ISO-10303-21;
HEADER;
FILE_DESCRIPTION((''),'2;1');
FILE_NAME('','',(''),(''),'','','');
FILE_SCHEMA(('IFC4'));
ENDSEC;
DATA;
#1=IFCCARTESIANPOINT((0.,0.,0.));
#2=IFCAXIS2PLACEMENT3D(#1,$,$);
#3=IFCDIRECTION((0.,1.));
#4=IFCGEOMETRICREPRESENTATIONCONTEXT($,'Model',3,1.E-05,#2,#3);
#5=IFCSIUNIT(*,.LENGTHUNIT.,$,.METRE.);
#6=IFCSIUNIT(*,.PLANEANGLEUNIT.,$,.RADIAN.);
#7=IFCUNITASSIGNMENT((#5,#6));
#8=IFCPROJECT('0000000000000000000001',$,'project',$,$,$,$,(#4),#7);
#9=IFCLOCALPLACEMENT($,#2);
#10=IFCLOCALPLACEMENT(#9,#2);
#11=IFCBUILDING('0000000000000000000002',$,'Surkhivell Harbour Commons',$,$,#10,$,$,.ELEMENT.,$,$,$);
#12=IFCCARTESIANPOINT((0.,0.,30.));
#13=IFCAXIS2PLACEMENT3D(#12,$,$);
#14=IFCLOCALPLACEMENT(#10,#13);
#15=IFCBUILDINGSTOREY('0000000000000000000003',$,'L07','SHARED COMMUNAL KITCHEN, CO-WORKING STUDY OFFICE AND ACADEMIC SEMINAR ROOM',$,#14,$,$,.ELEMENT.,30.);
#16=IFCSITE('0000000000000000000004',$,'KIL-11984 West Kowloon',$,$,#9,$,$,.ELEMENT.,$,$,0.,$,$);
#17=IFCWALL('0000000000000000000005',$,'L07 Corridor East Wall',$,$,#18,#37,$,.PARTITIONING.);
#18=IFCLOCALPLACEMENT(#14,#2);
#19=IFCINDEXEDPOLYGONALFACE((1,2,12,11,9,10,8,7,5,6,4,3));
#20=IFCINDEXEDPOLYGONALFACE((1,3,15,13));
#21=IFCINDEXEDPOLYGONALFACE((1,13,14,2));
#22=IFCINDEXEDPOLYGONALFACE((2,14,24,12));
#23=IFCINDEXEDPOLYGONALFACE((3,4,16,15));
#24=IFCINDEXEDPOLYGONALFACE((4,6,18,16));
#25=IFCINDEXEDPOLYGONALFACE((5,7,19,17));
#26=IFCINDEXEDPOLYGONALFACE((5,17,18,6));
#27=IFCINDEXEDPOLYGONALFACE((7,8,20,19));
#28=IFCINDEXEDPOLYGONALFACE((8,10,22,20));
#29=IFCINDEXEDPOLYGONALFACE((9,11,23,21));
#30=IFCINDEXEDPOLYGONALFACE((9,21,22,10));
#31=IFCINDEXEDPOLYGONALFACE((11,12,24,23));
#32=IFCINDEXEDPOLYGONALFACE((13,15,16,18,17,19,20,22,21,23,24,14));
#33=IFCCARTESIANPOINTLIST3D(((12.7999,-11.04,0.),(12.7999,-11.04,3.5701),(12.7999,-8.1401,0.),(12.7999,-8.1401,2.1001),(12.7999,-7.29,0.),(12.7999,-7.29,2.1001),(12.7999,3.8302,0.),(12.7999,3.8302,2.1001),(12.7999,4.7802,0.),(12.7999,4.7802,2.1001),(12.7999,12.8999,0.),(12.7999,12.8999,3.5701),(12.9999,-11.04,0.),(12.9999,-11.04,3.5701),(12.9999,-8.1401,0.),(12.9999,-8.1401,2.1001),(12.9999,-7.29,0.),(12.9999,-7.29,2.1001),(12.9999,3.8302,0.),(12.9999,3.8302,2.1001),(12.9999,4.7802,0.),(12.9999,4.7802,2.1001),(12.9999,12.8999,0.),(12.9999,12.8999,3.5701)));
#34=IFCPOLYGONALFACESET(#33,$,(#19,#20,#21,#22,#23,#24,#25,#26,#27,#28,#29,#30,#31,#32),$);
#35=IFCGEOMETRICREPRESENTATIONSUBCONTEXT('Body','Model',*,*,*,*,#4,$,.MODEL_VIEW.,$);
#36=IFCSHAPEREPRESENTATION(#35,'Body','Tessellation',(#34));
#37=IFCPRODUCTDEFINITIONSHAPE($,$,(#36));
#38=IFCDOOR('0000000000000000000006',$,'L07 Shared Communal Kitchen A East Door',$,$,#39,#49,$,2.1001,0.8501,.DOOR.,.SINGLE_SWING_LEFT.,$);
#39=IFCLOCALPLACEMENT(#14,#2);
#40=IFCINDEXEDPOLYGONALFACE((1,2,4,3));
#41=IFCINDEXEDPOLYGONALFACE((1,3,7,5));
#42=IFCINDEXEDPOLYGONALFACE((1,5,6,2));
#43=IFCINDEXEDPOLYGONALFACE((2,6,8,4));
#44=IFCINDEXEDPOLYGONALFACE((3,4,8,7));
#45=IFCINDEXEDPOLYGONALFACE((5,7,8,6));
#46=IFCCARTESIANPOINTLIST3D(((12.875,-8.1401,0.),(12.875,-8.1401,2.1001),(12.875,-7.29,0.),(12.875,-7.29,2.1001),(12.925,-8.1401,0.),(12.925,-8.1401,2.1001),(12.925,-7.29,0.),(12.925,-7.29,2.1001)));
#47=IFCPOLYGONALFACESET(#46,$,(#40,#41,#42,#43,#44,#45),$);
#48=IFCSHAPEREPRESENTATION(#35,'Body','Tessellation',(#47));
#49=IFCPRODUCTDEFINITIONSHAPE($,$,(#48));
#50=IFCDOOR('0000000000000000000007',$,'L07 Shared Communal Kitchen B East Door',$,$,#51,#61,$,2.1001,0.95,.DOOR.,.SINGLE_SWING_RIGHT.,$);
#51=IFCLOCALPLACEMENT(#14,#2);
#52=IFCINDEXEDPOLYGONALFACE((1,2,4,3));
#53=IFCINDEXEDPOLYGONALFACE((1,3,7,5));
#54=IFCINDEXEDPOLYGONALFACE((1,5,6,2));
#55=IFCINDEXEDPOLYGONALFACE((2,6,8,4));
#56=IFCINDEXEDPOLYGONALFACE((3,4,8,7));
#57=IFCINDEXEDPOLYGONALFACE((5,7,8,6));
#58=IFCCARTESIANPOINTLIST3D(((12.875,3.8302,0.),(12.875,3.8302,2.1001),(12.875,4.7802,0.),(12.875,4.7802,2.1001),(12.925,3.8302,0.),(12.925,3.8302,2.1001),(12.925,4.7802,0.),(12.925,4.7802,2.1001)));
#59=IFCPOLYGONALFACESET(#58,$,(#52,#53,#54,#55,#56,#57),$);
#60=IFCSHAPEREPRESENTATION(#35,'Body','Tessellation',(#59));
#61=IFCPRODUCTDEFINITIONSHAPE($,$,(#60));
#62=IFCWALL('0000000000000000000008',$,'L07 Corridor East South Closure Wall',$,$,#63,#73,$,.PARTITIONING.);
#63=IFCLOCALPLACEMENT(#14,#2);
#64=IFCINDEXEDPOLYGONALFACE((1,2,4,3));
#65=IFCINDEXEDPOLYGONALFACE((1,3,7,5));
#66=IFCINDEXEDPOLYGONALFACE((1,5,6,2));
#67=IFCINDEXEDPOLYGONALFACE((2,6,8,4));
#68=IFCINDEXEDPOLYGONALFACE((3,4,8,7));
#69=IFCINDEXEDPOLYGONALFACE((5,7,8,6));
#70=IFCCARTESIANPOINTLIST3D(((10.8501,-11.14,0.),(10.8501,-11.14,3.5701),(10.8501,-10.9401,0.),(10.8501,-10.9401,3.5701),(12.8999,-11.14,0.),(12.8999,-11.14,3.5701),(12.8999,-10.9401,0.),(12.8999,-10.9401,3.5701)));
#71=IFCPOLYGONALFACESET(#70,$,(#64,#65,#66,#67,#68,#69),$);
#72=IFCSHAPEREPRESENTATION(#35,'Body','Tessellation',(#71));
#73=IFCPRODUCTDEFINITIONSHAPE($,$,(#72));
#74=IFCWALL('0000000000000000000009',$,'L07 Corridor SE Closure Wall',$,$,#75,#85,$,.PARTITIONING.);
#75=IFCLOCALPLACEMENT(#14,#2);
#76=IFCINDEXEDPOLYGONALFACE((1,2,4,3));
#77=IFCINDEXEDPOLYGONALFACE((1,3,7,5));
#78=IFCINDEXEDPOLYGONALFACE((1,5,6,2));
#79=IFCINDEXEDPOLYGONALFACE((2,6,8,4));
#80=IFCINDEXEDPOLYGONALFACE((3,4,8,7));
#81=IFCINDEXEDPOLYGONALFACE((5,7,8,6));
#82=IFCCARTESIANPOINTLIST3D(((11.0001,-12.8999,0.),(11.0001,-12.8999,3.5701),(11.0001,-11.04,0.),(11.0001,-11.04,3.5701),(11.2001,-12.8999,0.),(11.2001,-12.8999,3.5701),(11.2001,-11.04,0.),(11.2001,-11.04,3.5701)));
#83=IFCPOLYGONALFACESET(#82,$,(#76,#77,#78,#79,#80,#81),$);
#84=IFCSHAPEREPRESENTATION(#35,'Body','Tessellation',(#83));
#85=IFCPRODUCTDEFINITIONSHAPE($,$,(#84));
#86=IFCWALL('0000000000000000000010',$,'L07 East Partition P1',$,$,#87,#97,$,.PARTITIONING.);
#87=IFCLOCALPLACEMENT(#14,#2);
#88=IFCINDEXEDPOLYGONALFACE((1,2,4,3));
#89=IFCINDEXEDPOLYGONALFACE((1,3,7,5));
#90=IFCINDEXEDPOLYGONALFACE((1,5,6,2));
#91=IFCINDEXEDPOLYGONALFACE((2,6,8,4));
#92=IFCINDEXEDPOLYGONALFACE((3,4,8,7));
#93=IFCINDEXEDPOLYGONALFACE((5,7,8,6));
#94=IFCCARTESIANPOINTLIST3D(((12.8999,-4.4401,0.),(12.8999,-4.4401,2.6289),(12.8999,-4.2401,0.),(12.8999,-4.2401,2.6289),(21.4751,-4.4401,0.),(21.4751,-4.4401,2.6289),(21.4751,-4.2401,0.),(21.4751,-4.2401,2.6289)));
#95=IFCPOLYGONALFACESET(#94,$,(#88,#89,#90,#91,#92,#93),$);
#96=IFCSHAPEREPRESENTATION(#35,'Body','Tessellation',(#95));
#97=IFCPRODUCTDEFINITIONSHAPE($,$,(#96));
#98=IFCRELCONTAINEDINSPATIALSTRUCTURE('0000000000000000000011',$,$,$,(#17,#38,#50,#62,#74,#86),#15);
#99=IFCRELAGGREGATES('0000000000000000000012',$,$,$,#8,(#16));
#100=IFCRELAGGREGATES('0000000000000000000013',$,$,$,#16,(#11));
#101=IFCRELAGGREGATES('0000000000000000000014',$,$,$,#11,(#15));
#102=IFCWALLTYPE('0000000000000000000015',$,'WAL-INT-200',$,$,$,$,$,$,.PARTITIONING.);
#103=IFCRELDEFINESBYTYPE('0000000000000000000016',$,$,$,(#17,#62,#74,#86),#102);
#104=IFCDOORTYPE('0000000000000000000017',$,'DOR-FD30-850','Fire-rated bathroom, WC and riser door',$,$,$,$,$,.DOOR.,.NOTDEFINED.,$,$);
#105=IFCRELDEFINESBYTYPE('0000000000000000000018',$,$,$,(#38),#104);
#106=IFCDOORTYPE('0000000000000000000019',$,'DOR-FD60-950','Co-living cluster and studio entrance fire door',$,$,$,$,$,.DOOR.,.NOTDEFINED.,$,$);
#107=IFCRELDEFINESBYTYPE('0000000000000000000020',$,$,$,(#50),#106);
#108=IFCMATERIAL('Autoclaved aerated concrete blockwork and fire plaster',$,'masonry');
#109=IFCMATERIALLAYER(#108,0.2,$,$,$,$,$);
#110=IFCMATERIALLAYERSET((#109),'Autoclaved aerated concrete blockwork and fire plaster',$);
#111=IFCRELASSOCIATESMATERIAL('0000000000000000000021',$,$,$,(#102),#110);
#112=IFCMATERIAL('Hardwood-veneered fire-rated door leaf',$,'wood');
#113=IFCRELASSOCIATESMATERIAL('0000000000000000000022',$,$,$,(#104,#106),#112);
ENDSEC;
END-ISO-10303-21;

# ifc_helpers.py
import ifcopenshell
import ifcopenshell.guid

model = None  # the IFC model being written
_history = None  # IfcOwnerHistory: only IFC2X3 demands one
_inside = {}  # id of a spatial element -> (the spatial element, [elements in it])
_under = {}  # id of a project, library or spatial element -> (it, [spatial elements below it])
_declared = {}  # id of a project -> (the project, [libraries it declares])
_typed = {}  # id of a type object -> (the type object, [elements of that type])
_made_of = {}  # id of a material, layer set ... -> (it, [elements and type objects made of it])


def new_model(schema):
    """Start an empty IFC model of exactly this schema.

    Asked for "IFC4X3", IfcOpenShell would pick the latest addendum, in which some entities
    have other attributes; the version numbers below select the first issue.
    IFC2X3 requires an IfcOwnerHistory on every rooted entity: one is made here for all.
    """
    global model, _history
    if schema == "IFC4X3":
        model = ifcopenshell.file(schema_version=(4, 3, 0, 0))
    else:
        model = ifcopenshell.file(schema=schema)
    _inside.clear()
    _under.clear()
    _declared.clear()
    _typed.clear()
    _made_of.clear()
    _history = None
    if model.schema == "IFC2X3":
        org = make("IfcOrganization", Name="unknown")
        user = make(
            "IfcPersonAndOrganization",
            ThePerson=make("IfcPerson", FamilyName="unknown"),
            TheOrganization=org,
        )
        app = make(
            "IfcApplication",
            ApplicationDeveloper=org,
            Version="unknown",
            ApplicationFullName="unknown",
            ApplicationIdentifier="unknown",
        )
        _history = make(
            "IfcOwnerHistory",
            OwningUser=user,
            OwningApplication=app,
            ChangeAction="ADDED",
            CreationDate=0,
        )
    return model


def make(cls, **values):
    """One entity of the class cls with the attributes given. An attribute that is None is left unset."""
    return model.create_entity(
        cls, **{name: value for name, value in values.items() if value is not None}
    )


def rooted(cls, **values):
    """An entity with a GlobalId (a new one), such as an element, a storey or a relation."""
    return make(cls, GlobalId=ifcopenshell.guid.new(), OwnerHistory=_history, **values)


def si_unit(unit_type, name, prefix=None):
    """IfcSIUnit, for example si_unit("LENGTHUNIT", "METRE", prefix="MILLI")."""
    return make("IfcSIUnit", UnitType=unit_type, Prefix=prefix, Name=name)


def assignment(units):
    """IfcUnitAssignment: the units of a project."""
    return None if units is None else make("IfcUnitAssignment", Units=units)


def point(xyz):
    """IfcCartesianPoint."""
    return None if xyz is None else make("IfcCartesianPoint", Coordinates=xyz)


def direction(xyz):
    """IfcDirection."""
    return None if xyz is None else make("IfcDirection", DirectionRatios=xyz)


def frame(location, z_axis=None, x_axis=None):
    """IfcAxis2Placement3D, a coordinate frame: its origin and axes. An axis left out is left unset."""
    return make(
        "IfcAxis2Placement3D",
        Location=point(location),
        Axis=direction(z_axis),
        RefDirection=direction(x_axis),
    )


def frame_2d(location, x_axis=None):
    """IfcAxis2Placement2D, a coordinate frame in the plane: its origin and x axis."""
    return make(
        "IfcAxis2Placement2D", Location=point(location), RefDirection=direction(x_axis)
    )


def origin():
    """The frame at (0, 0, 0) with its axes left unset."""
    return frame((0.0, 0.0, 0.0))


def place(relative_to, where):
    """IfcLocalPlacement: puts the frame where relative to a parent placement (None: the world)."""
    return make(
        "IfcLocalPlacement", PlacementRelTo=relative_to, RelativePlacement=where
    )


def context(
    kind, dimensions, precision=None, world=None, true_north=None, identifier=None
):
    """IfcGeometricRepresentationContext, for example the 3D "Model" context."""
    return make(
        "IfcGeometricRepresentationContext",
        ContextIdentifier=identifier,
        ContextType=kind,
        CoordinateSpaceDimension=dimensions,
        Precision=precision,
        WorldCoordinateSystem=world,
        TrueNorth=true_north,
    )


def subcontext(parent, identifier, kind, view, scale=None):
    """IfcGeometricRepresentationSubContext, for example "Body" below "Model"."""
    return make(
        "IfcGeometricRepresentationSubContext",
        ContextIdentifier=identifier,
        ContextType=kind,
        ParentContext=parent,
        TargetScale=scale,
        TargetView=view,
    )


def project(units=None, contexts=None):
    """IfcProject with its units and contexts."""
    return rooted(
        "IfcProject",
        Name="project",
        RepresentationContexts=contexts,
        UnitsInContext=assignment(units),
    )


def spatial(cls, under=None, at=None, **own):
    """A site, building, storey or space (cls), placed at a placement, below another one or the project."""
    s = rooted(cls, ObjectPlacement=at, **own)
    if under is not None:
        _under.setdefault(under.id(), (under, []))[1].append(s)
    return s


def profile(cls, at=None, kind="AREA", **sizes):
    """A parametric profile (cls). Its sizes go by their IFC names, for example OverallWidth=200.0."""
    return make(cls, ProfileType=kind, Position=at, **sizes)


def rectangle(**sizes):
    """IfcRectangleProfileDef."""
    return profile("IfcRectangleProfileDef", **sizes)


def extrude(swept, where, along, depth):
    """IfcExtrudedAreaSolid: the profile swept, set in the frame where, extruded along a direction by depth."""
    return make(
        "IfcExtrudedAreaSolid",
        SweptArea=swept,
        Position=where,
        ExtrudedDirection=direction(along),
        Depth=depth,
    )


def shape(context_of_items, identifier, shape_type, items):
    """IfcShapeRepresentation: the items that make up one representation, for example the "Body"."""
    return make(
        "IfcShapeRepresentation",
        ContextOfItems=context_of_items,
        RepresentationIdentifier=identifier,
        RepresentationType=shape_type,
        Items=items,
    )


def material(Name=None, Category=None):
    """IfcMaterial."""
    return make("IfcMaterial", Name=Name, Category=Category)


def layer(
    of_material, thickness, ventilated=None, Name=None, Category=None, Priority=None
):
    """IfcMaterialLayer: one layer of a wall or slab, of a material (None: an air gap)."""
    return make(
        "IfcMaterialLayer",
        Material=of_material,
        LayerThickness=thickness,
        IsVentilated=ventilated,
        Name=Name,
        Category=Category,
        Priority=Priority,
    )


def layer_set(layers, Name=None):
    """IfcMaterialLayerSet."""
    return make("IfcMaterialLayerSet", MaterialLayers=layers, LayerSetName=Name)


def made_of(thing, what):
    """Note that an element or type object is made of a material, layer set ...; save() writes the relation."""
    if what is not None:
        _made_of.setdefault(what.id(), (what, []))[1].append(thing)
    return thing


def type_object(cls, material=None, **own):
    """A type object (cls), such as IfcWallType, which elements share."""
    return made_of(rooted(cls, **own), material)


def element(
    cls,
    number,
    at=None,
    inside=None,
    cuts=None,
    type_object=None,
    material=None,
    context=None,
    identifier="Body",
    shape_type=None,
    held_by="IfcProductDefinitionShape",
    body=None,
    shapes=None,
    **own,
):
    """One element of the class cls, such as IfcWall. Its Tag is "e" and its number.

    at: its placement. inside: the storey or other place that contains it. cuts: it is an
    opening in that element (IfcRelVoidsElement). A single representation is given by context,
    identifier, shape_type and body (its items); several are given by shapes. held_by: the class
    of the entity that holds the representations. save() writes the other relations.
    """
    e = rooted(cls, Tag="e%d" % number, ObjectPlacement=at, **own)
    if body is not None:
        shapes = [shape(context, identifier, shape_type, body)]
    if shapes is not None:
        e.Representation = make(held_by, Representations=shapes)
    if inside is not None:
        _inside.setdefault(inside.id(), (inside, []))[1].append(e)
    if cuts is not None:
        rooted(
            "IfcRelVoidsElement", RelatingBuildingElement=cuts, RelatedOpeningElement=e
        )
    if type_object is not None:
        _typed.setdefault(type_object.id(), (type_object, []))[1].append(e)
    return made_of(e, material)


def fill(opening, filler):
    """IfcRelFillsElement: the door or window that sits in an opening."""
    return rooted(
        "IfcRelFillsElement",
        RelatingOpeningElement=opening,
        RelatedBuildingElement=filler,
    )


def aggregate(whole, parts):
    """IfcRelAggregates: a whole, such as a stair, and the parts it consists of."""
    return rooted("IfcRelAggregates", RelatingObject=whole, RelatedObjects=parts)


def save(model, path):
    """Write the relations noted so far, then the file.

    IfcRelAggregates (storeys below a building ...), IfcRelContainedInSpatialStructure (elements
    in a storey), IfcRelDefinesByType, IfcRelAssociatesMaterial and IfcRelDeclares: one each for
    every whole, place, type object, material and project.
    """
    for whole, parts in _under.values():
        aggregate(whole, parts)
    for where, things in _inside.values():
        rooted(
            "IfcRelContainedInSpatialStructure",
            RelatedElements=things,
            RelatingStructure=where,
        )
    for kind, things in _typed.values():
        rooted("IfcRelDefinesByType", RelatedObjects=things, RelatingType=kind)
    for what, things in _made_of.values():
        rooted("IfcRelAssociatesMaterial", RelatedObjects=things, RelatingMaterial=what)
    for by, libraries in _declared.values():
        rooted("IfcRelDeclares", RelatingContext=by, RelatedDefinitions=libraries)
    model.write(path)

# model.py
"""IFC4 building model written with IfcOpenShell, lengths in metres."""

from ifc_helpers import new_model, si_unit, direction, frame, frame_2d, origin, place, context, subcontext, project, spatial, rectangle, extrude, material, layer, layer_set, type_object, element, fill, save


model = new_model("IFC4")

# Units and contexts
model_context = context("Model", 3, precision=1e-05, world=origin(), true_north=direction((0.0, 1.0)))
body_context = subcontext(model_context, "Body", "Model", "MODEL_VIEW")
ifc_project = project(units=[si_unit("LENGTHUNIT", "METRE"), si_unit("PLANEANGLEUNIT", "RADIAN")], contexts=[model_context])

# Site, building, storey
site_placement = place(None, origin())
site = spatial("IfcSite", under=ifc_project, at=site_placement, Name="KIL-11984 West Kowloon", CompositionType="ELEMENT", RefElevation=0.0)
building_placement = place(site_placement, origin())
building = spatial("IfcBuilding", under=site, at=building_placement, Name="Surkhivell Harbour Commons", CompositionType="ELEMENT")
storey_placement = place(building_placement, frame((0.0, 0.0, 30.0)))
storey = spatial("IfcBuildingStorey", under=building, at=storey_placement, Name="L07", Description="SHARED COMMUNAL KITCHEN, CO-WORKING STUDY OFFICE AND ACADEMIC SEMINAR ROOM", CompositionType="ELEMENT", Elevation=30.0)

# Shared definitions
ifc_material_1 = material(Name="Hardwood-veneered fire-rated door leaf", Category="wood")

# Shared definitions
ifc_material_2 = material(Name="Autoclaved aerated concrete blockwork and fire plaster", Category="masonry")
ifc_layer_1 = layer(ifc_material_2, 0.2)
ifc_layer_set_1 = layer_set([ifc_layer_1], Name="Autoclaved aerated concrete blockwork and fire plaster")
wall_type_1 = type_object("IfcWallType", Name="WAL-INT-200", PredefinedType="PARTITIONING", material=ifc_layer_set_1)

# Wall, openings, doors
wall_1_placement = place(storey_placement, frame((12.8999, -11.04, 0.0), z_axis=(0.0, 0.0, 1.0), x_axis=(0.0, 1.0, 0.0)))
wall_1 = element("IfcWall", 1, at=wall_1_placement, inside=storey, type_object=wall_type_1, Name="L07 Corridor East Wall", PredefinedType="PARTITIONING", context=body_context, shape_type="SweptSolid", body=[
    extrude(rectangle(XDim=23.9399, YDim=0.2, at=frame_2d((11.97, 0.0))), origin(), (0.0, 0.0, 1.0), 3.5701),
])
opening_1_placement = place(wall_1_placement, frame((2.8999, 0.0, 0.0)))
opening_1 = element("IfcOpeningElement", 2, at=opening_1_placement, cuts=wall_1, PredefinedType="OPENING", context=body_context, shape_type="SweptSolid", body=[
    extrude(rectangle(XDim=0.8501, YDim=2.1001, at=frame_2d((0.425, 1.05))), frame((0.0, 0.1099, 0.0), z_axis=(0.0, -1.0, 0.0), x_axis=(1.0, 0.0, 0.0)), (0.0, 0.0, 1.0), 0.22),
])
opening_2_placement = place(wall_1_placement, frame((14.8701, 0.0, 0.0)))
opening_2 = element("IfcOpeningElement", 3, at=opening_2_placement, cuts=wall_1, PredefinedType="OPENING", context=body_context, shape_type="SweptSolid", body=[
    extrude(rectangle(XDim=0.95, YDim=2.1001, at=frame_2d((0.4751, 1.05))), frame((0.0, 0.1099, 0.0), z_axis=(0.0, -1.0, 0.0), x_axis=(1.0, 0.0, 0.0)), (0.0, 0.0, 1.0), 0.22),
])
door_type_1 = type_object("IfcDoorType", Name="DOR-FD30-850", Description="Fire-rated bathroom, WC and riser door", OperationType="NOTDEFINED", PredefinedType="DOOR", material=ifc_material_1)
door_1_placement = place(opening_1_placement, origin())
door_1 = element("IfcDoor", 4, at=door_1_placement, inside=storey, type_object=door_type_1, Name="L07 Shared Communal Kitchen A East Door", OperationType="SINGLE_SWING_LEFT", OverallHeight=2.1001, OverallWidth=0.8501, PredefinedType="DOOR", context=body_context, shape_type="SweptSolid", body=[
    extrude(rectangle(XDim=0.8501, YDim=2.1001, at=frame_2d((0.425, 1.05))), frame((0.0, 0.0249, 0.0), z_axis=(0.0, -1.0, 0.0), x_axis=(1.0, 0.0, 0.0)), (0.0, 0.0, 1.0), 0.05),
])
fill(opening_1, door_1)
door_type_2 = type_object("IfcDoorType", Name="DOR-FD60-950", Description="Co-living cluster and studio entrance fire door", OperationType="NOTDEFINED", PredefinedType="DOOR", material=ifc_material_1)
door_2_placement = place(opening_2_placement, origin())
door_2 = element("IfcDoor", 5, at=door_2_placement, inside=storey, type_object=door_type_2, Name="L07 Shared Communal Kitchen B East Door", OperationType="SINGLE_SWING_RIGHT", OverallHeight=2.1001, OverallWidth=0.95, PredefinedType="DOOR", context=body_context, shape_type="SweptSolid", body=[
    extrude(rectangle(XDim=0.95, YDim=2.1001, at=frame_2d((0.4751, 1.05))), frame((0.0, 0.0249, 0.0), z_axis=(0.0, -1.0, 0.0), x_axis=(1.0, 0.0, 0.0)), (0.0, 0.0, 1.0), 0.05),
])
fill(opening_2, door_2)

# Walls
wall_2_placement = place(storey_placement, frame((10.8501, -11.04, 0.0), z_axis=(0.0, 0.0, 1.0), x_axis=(1.0, 0.0, 0.0)))
element("IfcWall", 6, at=wall_2_placement, inside=storey, type_object=wall_type_1, Name="L07 Corridor East South Closure Wall", PredefinedType="PARTITIONING", context=body_context, shape_type="SweptSolid", body=[
    extrude(rectangle(XDim=2.0498, YDim=0.2, at=frame_2d((1.0249, 0.0))), origin(), (0.0, 0.0, 1.0), 3.5701),
])
wall_3_placement = place(storey_placement, frame((11.1001, -12.8999, 0.0), z_axis=(0.0, 0.0, 1.0), x_axis=(0.0, 1.0, 0.0)))
element("IfcWall", 7, at=wall_3_placement, inside=storey, type_object=wall_type_1, Name="L07 Corridor SE Closure Wall", PredefinedType="PARTITIONING", context=body_context, shape_type="SweptSolid", body=[
    extrude(rectangle(XDim=1.8599, YDim=0.2, at=frame_2d((0.9299, 0.0))), origin(), (0.0, 0.0, 1.0), 3.5701),
])
wall_4_placement = place(storey_placement, frame((12.8999, -4.3401, 0.0), z_axis=(0.0, 0.0, 1.0), x_axis=(1.0, 0.0, 0.0)))
element("IfcWall", 8, at=wall_4_placement, inside=storey, type_object=wall_type_1, Name="L07 East Partition P1", PredefinedType="PARTITIONING", context=body_context, shape_type="SweptSolid", body=[
    extrude(rectangle(XDim=8.5752, YDim=0.2, at=frame_2d((4.2876, 0.0))), origin(), (0.0, 0.0, 1.0), 2.6289),
])

save(model, "model.ifc")
